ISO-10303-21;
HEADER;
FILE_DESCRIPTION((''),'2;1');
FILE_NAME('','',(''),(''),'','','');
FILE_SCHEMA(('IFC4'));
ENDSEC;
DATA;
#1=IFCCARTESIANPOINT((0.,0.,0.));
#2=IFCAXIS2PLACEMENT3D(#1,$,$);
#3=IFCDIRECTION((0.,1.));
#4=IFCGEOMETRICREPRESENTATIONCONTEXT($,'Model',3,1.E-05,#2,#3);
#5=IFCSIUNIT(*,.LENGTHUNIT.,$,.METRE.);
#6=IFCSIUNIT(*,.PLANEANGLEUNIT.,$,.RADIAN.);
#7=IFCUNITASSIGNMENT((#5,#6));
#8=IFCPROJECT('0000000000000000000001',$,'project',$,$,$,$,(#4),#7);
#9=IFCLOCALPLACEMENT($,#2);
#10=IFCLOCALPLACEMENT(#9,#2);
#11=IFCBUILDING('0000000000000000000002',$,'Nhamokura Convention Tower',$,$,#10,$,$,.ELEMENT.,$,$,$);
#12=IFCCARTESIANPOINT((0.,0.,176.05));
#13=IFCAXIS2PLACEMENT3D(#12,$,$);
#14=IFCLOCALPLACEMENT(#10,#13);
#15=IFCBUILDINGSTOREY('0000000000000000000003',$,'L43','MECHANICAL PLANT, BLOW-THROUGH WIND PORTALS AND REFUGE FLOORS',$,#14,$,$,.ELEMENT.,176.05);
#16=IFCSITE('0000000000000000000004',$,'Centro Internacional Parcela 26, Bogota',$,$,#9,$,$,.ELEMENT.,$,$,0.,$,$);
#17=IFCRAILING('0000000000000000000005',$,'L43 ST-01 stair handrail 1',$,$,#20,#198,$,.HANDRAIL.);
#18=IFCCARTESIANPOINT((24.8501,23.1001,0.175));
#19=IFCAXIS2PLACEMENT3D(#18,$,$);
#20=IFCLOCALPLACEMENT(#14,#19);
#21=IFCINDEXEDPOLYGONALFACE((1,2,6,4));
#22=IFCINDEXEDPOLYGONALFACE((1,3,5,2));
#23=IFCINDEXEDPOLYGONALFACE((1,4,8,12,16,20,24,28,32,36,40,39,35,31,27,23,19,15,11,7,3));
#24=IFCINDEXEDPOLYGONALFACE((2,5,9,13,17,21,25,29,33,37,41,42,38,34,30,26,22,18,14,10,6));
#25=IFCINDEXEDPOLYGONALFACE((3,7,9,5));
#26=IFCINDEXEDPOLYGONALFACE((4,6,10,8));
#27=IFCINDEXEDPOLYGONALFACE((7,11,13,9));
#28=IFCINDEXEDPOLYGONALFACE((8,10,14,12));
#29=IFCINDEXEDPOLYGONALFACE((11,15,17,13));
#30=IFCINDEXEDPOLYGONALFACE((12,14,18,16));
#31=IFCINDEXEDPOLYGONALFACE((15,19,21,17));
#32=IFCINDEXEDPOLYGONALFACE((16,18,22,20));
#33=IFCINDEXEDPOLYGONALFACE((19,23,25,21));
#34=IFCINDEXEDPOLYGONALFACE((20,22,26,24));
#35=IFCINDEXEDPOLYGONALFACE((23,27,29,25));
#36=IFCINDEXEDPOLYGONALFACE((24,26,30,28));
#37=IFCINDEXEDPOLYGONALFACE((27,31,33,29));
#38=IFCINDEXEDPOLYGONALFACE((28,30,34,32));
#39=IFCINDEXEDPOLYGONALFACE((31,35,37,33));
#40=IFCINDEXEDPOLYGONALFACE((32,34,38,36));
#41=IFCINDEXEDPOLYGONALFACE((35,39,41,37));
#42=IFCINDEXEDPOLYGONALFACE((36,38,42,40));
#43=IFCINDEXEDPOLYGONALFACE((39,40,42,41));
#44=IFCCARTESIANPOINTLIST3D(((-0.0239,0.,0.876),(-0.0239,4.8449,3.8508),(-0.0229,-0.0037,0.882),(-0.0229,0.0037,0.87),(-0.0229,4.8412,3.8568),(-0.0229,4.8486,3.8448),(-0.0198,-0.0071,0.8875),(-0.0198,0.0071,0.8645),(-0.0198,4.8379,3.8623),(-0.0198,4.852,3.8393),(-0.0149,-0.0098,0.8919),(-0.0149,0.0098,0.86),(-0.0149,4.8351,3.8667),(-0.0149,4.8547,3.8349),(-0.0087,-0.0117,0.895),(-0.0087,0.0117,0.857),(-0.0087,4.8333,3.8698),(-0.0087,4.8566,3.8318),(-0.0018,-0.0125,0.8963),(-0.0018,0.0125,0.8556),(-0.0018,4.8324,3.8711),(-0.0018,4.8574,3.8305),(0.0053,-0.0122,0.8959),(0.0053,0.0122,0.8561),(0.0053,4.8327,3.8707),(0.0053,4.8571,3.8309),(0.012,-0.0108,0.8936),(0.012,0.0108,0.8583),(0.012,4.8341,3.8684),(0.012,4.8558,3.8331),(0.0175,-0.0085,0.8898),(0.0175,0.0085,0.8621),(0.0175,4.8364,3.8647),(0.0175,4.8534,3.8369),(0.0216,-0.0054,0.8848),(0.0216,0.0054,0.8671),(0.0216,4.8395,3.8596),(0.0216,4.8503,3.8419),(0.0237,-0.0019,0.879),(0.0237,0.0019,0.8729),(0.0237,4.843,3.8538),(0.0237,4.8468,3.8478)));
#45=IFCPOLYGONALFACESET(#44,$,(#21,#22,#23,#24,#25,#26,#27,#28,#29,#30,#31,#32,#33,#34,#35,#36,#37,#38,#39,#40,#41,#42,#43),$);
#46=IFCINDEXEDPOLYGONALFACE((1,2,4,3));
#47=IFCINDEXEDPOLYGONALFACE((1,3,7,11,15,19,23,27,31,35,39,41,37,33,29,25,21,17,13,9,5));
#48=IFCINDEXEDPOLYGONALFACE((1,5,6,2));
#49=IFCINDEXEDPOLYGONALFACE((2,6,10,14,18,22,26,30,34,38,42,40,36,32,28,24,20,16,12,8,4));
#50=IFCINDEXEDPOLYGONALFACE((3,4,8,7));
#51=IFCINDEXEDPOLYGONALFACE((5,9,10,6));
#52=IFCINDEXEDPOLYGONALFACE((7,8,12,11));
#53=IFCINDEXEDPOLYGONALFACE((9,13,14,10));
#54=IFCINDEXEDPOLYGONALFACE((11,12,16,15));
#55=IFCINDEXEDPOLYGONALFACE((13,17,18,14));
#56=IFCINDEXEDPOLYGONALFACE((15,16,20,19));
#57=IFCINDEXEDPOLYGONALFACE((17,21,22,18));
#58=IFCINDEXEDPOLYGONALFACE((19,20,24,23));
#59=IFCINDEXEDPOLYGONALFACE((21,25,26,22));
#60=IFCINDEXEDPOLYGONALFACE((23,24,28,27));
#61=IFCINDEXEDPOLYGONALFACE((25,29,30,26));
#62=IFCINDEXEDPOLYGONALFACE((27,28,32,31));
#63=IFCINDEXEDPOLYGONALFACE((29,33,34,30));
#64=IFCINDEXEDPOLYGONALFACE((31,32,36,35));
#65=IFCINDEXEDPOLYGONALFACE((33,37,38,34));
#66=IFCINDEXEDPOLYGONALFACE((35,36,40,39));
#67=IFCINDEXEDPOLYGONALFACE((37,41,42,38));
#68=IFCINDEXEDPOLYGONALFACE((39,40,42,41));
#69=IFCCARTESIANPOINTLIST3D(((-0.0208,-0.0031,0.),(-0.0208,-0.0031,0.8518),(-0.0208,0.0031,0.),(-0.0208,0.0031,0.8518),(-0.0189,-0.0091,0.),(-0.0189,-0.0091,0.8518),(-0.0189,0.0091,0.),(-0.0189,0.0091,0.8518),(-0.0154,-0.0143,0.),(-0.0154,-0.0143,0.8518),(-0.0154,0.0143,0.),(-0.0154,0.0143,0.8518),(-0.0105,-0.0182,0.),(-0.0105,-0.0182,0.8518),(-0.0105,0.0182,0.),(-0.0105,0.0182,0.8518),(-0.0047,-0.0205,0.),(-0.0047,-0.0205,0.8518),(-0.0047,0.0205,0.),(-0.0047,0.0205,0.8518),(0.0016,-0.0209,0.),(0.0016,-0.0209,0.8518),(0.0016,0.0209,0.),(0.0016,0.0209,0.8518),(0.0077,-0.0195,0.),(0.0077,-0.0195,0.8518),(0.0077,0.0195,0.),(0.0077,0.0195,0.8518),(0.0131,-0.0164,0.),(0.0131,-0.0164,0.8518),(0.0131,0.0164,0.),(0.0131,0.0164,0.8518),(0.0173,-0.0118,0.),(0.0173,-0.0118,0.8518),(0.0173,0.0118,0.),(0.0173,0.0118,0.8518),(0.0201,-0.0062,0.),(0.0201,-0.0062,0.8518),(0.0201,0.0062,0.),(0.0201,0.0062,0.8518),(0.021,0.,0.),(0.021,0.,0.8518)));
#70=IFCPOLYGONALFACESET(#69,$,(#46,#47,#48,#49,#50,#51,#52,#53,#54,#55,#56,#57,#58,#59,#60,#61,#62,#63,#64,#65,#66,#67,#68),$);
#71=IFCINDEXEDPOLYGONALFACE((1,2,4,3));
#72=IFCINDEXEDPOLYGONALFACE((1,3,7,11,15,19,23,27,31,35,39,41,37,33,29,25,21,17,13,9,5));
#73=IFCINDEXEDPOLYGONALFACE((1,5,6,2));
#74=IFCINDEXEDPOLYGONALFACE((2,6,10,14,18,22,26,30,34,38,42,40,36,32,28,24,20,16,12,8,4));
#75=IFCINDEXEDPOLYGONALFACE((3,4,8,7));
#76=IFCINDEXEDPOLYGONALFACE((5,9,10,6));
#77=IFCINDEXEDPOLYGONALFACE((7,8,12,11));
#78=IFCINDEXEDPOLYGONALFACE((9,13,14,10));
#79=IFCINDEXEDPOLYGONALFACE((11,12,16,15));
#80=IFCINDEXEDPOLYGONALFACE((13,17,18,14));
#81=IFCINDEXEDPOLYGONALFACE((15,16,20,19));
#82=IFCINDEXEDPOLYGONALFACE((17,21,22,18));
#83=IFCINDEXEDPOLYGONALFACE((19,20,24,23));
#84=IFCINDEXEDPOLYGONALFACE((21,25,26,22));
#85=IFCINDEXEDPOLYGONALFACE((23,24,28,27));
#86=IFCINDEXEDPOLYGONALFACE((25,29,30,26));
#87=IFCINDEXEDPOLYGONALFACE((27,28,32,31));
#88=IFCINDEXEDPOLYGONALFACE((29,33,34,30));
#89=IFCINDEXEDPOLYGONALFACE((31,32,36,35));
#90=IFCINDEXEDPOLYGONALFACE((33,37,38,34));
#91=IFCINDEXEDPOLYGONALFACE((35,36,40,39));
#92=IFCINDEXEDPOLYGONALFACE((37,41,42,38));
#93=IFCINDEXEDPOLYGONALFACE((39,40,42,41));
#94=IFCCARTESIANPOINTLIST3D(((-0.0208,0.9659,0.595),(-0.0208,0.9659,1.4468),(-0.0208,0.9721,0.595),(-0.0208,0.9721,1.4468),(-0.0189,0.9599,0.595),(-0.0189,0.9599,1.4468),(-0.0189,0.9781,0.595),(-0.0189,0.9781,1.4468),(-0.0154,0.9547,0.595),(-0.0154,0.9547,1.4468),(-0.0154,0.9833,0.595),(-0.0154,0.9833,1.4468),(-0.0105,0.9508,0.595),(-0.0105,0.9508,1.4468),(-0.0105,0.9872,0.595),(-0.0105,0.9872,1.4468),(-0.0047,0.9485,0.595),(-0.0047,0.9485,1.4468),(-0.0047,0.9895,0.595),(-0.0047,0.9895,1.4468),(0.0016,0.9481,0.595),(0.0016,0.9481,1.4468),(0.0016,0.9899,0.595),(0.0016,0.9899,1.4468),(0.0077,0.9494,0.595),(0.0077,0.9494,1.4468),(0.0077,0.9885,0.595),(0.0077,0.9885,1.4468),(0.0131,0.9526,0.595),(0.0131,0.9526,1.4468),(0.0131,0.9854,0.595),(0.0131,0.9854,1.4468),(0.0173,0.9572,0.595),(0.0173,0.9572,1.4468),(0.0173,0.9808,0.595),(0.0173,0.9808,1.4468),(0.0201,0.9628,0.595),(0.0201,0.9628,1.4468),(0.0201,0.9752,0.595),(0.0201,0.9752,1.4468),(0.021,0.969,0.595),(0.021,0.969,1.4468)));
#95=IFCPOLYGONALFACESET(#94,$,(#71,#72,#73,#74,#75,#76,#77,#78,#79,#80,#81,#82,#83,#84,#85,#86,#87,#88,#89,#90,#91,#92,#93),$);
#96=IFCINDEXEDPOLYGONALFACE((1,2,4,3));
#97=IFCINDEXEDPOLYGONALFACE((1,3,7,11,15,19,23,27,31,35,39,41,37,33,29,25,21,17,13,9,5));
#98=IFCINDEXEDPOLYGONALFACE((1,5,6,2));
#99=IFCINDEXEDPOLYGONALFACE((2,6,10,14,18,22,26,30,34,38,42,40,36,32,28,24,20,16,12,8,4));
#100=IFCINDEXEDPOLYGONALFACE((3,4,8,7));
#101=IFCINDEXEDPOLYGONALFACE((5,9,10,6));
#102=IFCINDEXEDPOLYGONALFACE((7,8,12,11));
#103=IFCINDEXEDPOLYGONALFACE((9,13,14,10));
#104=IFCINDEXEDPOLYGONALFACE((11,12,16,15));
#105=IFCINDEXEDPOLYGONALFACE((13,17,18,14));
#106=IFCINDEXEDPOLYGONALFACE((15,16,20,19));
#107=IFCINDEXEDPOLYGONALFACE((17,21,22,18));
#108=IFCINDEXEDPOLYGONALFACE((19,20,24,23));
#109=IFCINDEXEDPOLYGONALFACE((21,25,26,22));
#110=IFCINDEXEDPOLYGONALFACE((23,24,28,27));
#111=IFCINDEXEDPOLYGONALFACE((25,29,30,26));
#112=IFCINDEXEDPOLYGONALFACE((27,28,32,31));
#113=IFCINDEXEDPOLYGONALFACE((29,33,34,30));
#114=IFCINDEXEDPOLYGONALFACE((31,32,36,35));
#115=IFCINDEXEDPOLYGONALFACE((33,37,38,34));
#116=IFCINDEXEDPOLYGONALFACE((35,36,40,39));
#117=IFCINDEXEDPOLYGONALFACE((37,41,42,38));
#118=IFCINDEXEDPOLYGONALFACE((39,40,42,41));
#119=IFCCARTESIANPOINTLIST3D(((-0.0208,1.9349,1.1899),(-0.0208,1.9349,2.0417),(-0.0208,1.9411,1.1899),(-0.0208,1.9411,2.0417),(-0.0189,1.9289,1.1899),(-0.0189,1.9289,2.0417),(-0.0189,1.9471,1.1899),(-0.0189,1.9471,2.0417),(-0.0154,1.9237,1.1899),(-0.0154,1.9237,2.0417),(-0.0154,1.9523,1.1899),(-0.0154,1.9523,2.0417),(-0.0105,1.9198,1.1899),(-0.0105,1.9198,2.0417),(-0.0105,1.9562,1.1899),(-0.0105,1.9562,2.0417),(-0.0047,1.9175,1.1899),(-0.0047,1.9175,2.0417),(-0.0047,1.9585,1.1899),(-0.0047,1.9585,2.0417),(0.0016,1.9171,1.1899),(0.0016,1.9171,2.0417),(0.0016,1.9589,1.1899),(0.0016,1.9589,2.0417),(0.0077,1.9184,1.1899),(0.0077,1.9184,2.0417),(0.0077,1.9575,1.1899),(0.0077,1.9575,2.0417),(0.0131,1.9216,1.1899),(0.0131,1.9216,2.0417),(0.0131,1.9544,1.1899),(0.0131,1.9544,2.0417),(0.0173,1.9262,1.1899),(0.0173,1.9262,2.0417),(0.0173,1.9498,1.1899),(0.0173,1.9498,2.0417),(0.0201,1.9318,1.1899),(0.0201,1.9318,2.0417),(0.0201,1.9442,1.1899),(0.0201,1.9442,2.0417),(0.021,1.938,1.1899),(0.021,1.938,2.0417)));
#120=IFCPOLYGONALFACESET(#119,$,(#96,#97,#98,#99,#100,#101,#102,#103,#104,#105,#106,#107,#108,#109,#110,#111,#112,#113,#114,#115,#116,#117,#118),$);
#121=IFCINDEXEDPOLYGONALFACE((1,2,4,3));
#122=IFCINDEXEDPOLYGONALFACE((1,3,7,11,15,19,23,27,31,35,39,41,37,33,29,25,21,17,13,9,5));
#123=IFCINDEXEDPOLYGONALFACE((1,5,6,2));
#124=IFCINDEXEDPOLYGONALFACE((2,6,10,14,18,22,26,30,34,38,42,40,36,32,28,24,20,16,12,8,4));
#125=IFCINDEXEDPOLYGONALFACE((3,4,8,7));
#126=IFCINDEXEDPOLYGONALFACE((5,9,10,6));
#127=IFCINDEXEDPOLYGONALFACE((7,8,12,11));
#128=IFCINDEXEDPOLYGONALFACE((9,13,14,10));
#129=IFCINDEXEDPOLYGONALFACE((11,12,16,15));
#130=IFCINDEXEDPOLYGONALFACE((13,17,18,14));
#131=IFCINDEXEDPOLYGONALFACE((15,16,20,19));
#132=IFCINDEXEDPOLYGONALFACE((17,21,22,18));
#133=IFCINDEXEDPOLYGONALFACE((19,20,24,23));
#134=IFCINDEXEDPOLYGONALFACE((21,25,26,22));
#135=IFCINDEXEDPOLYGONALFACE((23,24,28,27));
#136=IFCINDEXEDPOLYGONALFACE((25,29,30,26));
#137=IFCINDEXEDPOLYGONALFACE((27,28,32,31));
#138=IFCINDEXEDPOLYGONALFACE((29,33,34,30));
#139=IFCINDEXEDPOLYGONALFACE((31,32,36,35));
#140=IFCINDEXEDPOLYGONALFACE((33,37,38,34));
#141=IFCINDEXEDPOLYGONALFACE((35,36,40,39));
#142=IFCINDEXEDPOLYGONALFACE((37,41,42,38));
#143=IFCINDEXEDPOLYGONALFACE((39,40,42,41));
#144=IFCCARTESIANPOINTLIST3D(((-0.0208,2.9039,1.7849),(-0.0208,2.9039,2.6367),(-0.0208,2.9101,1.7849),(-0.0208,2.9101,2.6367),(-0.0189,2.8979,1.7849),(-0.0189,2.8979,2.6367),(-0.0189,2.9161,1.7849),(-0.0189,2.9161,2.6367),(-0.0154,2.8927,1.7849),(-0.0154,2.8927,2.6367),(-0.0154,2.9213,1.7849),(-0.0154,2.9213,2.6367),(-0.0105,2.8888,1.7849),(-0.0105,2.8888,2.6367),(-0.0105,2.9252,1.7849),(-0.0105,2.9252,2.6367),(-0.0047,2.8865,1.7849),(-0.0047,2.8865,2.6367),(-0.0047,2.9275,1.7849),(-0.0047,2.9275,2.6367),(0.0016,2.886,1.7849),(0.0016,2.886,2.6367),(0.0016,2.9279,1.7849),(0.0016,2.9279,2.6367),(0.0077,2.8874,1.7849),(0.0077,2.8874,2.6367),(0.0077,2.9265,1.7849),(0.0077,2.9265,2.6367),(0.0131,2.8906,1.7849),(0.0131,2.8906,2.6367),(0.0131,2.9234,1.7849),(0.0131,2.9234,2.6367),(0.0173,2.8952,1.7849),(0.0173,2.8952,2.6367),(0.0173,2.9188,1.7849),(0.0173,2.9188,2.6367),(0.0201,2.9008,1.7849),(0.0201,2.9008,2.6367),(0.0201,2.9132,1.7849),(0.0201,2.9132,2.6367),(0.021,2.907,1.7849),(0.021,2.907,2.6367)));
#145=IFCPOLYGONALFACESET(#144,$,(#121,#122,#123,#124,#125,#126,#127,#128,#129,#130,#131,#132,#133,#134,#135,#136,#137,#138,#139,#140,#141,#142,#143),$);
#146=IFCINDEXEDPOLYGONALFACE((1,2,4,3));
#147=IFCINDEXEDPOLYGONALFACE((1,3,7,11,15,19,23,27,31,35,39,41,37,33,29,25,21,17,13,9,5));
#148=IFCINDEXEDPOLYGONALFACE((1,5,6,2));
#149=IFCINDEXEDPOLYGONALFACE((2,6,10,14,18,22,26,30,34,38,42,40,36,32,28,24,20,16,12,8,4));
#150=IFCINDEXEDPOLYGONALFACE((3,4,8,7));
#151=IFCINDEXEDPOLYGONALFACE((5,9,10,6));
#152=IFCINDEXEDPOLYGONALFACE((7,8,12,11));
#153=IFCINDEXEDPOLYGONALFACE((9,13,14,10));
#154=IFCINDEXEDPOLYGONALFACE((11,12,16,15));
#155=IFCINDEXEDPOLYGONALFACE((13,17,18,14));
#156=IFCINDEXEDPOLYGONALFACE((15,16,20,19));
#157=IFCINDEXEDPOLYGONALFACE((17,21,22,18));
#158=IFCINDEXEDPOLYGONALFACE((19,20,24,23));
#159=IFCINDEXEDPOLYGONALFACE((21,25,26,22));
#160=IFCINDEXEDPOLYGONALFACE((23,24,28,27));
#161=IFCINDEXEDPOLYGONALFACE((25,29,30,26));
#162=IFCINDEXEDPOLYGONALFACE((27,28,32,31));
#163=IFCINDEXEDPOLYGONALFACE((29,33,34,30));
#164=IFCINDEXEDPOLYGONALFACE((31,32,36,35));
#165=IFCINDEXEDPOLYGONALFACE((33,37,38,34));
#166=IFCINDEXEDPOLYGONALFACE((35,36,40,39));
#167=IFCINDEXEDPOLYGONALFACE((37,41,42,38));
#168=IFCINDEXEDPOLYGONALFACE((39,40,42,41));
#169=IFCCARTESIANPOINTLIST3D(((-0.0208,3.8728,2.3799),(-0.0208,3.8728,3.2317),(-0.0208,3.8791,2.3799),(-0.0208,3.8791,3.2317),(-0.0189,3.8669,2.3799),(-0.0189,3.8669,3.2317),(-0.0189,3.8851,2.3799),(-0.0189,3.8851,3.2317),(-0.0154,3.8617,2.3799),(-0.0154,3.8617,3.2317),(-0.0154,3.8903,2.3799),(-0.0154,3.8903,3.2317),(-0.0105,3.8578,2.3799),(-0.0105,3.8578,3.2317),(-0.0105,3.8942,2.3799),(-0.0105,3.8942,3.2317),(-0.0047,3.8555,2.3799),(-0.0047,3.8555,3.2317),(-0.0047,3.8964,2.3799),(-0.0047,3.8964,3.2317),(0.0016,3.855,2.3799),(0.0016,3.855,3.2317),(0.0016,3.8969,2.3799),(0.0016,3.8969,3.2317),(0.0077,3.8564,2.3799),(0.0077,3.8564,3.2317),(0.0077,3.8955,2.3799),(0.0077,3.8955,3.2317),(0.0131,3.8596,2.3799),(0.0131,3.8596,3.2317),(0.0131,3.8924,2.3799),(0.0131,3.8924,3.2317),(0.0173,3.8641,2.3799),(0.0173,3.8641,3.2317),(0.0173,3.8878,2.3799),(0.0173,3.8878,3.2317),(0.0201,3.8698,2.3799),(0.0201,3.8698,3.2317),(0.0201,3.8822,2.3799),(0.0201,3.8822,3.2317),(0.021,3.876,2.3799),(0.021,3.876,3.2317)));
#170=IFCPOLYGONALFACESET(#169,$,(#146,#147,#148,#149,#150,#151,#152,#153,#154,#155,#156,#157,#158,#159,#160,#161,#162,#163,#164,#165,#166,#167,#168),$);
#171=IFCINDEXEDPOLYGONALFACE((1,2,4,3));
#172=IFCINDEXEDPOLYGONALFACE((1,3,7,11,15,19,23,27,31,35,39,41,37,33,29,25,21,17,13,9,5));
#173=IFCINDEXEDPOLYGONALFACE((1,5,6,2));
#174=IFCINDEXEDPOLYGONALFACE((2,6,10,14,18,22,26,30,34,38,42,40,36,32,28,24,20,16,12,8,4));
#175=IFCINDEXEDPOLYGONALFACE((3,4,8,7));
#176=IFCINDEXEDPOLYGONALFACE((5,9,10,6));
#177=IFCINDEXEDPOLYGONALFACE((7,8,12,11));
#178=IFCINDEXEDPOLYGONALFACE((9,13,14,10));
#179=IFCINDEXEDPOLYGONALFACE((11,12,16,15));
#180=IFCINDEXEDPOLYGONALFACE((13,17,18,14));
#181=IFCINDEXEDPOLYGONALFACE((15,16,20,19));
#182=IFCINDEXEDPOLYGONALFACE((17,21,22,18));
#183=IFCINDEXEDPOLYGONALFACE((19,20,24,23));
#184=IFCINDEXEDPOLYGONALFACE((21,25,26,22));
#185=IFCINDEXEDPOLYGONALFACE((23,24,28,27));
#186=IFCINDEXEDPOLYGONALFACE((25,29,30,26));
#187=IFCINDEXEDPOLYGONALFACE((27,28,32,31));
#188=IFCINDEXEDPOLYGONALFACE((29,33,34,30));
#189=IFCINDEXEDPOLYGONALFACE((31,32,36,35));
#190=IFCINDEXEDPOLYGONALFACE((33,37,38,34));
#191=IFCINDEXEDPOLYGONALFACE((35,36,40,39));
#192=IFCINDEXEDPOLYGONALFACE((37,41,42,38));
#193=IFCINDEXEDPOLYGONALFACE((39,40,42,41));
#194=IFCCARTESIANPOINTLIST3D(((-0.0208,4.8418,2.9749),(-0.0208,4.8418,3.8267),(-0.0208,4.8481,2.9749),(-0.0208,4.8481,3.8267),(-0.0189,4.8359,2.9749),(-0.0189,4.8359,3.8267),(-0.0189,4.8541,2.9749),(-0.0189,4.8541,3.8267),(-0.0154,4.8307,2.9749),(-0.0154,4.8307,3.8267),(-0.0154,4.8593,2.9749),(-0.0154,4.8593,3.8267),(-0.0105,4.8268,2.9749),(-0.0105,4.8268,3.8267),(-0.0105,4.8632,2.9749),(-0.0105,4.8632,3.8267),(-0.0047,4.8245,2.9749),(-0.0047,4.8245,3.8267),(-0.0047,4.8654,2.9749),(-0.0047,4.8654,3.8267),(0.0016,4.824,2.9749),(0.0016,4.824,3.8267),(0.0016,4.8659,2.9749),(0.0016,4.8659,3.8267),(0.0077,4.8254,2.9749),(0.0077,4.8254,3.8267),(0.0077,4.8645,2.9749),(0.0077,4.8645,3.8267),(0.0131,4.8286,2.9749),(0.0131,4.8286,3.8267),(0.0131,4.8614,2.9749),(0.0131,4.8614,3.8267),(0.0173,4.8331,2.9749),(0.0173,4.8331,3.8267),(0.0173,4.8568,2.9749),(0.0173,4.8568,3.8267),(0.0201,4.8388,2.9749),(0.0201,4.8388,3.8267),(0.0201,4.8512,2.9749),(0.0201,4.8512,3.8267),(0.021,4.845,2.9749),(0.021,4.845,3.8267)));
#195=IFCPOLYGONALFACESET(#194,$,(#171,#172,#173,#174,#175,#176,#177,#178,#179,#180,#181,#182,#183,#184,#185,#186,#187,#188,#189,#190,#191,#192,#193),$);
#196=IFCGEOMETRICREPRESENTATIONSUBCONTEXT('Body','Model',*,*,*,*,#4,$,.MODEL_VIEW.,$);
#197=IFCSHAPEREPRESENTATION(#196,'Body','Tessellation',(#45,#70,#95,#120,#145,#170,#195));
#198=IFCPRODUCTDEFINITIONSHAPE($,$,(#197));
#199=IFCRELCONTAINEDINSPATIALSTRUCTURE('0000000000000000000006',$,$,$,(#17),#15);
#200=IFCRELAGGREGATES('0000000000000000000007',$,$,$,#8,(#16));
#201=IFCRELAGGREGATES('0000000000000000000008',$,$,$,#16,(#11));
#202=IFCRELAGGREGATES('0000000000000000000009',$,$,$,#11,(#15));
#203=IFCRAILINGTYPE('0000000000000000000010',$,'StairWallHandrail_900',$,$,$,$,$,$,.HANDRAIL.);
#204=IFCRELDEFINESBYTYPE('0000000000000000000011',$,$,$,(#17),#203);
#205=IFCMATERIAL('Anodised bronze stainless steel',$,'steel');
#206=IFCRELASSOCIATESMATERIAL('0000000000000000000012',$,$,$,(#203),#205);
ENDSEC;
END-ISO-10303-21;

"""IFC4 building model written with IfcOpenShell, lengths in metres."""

from ifc_helpers import new_model, si_unit, direction, frame, origin, origin_2d, place, context, subcontext, project, spatial, circle, extrude, material, type_object, element, save


model = new_model("IFC4")

# Units and contexts
model_context = context("Model", 3, precision=1e-05, world=origin(), true_north=direction((0.0, 1.0)))
body_context = subcontext(model_context, "Body", "Model", "MODEL_VIEW")
ifc_project = project(units=[si_unit("LENGTHUNIT", "METRE"), si_unit("PLANEANGLEUNIT", "RADIAN")], contexts=[model_context])

# Site, building, storey
site_placement = place(None, origin())
site = spatial("IfcSite", under=ifc_project, at=site_placement, Name="Centro Internacional Parcela 26, Bogota", CompositionType="ELEMENT", RefElevation=0.0)
building_placement = place(site_placement, origin())
building = spatial("IfcBuilding", under=site, at=building_placement, Name="Nhamokura Convention Tower", CompositionType="ELEMENT")
storey_placement = place(building_placement, frame((0.0, 0.0, 176.05)))
storey = spatial("IfcBuildingStorey", under=building, at=storey_placement, Name="L43", Description="MECHANICAL PLANT, BLOW-THROUGH WIND PORTALS AND REFUGE FLOORS", CompositionType="ELEMENT", Elevation=176.05)

# Railing
ifc_material_1 = material(Name="Anodised bronze stainless steel", Category="steel")
railing_type_1 = type_object("IfcRailingType", Name="StairWallHandrail_900", PredefinedType="HANDRAIL", material=ifc_material_1)
railing_1_placement = place(storey_placement, frame((24.8501, 23.1001, 0.175)))
element("IfcRailing", 1, at=railing_1_placement, inside=storey, type_object=railing_type_1, Name="L43 ST-01 stair handrail 1", PredefinedType="HANDRAIL", context=body_context, shape_type="SweptSolid", body=[
    extrude(circle(Radius=0.0239, at=origin_2d()), frame((0.0, 0.0, 0.876), z_axis=(0.0, 0.852181, 0.523247), x_axis=(-1.0, 0.0, 0.0)), (0.0, 0.0, 1.0), 5.6853),
    extrude(circle(Radius=0.021, at=origin_2d()), origin(), (0.0, 0.0, 1.0), 0.8518),
    extrude(circle(Radius=0.021, at=origin_2d()), frame((0.0, 0.969, 0.595)), (0.0, 0.0, 1.0), 0.8518),
    extrude(circle(Radius=0.021, at=origin_2d()), frame((0.0, 1.938, 1.1899)), (0.0, 0.0, 1.0), 0.8518),
    extrude(circle(Radius=0.021, at=origin_2d()), frame((0.0, 2.907, 1.7849)), (0.0, 0.0, 1.0), 0.8518),
    extrude(circle(Radius=0.021, at=origin_2d()), frame((0.0, 3.876, 2.3799)), (0.0, 0.0, 1.0), 0.8518),
    extrude(circle(Radius=0.021, at=origin_2d()), frame((0.0, 4.845, 2.9749)), (0.0, 0.0, 1.0), 0.8518),
])

save(model, "model.ifc")
